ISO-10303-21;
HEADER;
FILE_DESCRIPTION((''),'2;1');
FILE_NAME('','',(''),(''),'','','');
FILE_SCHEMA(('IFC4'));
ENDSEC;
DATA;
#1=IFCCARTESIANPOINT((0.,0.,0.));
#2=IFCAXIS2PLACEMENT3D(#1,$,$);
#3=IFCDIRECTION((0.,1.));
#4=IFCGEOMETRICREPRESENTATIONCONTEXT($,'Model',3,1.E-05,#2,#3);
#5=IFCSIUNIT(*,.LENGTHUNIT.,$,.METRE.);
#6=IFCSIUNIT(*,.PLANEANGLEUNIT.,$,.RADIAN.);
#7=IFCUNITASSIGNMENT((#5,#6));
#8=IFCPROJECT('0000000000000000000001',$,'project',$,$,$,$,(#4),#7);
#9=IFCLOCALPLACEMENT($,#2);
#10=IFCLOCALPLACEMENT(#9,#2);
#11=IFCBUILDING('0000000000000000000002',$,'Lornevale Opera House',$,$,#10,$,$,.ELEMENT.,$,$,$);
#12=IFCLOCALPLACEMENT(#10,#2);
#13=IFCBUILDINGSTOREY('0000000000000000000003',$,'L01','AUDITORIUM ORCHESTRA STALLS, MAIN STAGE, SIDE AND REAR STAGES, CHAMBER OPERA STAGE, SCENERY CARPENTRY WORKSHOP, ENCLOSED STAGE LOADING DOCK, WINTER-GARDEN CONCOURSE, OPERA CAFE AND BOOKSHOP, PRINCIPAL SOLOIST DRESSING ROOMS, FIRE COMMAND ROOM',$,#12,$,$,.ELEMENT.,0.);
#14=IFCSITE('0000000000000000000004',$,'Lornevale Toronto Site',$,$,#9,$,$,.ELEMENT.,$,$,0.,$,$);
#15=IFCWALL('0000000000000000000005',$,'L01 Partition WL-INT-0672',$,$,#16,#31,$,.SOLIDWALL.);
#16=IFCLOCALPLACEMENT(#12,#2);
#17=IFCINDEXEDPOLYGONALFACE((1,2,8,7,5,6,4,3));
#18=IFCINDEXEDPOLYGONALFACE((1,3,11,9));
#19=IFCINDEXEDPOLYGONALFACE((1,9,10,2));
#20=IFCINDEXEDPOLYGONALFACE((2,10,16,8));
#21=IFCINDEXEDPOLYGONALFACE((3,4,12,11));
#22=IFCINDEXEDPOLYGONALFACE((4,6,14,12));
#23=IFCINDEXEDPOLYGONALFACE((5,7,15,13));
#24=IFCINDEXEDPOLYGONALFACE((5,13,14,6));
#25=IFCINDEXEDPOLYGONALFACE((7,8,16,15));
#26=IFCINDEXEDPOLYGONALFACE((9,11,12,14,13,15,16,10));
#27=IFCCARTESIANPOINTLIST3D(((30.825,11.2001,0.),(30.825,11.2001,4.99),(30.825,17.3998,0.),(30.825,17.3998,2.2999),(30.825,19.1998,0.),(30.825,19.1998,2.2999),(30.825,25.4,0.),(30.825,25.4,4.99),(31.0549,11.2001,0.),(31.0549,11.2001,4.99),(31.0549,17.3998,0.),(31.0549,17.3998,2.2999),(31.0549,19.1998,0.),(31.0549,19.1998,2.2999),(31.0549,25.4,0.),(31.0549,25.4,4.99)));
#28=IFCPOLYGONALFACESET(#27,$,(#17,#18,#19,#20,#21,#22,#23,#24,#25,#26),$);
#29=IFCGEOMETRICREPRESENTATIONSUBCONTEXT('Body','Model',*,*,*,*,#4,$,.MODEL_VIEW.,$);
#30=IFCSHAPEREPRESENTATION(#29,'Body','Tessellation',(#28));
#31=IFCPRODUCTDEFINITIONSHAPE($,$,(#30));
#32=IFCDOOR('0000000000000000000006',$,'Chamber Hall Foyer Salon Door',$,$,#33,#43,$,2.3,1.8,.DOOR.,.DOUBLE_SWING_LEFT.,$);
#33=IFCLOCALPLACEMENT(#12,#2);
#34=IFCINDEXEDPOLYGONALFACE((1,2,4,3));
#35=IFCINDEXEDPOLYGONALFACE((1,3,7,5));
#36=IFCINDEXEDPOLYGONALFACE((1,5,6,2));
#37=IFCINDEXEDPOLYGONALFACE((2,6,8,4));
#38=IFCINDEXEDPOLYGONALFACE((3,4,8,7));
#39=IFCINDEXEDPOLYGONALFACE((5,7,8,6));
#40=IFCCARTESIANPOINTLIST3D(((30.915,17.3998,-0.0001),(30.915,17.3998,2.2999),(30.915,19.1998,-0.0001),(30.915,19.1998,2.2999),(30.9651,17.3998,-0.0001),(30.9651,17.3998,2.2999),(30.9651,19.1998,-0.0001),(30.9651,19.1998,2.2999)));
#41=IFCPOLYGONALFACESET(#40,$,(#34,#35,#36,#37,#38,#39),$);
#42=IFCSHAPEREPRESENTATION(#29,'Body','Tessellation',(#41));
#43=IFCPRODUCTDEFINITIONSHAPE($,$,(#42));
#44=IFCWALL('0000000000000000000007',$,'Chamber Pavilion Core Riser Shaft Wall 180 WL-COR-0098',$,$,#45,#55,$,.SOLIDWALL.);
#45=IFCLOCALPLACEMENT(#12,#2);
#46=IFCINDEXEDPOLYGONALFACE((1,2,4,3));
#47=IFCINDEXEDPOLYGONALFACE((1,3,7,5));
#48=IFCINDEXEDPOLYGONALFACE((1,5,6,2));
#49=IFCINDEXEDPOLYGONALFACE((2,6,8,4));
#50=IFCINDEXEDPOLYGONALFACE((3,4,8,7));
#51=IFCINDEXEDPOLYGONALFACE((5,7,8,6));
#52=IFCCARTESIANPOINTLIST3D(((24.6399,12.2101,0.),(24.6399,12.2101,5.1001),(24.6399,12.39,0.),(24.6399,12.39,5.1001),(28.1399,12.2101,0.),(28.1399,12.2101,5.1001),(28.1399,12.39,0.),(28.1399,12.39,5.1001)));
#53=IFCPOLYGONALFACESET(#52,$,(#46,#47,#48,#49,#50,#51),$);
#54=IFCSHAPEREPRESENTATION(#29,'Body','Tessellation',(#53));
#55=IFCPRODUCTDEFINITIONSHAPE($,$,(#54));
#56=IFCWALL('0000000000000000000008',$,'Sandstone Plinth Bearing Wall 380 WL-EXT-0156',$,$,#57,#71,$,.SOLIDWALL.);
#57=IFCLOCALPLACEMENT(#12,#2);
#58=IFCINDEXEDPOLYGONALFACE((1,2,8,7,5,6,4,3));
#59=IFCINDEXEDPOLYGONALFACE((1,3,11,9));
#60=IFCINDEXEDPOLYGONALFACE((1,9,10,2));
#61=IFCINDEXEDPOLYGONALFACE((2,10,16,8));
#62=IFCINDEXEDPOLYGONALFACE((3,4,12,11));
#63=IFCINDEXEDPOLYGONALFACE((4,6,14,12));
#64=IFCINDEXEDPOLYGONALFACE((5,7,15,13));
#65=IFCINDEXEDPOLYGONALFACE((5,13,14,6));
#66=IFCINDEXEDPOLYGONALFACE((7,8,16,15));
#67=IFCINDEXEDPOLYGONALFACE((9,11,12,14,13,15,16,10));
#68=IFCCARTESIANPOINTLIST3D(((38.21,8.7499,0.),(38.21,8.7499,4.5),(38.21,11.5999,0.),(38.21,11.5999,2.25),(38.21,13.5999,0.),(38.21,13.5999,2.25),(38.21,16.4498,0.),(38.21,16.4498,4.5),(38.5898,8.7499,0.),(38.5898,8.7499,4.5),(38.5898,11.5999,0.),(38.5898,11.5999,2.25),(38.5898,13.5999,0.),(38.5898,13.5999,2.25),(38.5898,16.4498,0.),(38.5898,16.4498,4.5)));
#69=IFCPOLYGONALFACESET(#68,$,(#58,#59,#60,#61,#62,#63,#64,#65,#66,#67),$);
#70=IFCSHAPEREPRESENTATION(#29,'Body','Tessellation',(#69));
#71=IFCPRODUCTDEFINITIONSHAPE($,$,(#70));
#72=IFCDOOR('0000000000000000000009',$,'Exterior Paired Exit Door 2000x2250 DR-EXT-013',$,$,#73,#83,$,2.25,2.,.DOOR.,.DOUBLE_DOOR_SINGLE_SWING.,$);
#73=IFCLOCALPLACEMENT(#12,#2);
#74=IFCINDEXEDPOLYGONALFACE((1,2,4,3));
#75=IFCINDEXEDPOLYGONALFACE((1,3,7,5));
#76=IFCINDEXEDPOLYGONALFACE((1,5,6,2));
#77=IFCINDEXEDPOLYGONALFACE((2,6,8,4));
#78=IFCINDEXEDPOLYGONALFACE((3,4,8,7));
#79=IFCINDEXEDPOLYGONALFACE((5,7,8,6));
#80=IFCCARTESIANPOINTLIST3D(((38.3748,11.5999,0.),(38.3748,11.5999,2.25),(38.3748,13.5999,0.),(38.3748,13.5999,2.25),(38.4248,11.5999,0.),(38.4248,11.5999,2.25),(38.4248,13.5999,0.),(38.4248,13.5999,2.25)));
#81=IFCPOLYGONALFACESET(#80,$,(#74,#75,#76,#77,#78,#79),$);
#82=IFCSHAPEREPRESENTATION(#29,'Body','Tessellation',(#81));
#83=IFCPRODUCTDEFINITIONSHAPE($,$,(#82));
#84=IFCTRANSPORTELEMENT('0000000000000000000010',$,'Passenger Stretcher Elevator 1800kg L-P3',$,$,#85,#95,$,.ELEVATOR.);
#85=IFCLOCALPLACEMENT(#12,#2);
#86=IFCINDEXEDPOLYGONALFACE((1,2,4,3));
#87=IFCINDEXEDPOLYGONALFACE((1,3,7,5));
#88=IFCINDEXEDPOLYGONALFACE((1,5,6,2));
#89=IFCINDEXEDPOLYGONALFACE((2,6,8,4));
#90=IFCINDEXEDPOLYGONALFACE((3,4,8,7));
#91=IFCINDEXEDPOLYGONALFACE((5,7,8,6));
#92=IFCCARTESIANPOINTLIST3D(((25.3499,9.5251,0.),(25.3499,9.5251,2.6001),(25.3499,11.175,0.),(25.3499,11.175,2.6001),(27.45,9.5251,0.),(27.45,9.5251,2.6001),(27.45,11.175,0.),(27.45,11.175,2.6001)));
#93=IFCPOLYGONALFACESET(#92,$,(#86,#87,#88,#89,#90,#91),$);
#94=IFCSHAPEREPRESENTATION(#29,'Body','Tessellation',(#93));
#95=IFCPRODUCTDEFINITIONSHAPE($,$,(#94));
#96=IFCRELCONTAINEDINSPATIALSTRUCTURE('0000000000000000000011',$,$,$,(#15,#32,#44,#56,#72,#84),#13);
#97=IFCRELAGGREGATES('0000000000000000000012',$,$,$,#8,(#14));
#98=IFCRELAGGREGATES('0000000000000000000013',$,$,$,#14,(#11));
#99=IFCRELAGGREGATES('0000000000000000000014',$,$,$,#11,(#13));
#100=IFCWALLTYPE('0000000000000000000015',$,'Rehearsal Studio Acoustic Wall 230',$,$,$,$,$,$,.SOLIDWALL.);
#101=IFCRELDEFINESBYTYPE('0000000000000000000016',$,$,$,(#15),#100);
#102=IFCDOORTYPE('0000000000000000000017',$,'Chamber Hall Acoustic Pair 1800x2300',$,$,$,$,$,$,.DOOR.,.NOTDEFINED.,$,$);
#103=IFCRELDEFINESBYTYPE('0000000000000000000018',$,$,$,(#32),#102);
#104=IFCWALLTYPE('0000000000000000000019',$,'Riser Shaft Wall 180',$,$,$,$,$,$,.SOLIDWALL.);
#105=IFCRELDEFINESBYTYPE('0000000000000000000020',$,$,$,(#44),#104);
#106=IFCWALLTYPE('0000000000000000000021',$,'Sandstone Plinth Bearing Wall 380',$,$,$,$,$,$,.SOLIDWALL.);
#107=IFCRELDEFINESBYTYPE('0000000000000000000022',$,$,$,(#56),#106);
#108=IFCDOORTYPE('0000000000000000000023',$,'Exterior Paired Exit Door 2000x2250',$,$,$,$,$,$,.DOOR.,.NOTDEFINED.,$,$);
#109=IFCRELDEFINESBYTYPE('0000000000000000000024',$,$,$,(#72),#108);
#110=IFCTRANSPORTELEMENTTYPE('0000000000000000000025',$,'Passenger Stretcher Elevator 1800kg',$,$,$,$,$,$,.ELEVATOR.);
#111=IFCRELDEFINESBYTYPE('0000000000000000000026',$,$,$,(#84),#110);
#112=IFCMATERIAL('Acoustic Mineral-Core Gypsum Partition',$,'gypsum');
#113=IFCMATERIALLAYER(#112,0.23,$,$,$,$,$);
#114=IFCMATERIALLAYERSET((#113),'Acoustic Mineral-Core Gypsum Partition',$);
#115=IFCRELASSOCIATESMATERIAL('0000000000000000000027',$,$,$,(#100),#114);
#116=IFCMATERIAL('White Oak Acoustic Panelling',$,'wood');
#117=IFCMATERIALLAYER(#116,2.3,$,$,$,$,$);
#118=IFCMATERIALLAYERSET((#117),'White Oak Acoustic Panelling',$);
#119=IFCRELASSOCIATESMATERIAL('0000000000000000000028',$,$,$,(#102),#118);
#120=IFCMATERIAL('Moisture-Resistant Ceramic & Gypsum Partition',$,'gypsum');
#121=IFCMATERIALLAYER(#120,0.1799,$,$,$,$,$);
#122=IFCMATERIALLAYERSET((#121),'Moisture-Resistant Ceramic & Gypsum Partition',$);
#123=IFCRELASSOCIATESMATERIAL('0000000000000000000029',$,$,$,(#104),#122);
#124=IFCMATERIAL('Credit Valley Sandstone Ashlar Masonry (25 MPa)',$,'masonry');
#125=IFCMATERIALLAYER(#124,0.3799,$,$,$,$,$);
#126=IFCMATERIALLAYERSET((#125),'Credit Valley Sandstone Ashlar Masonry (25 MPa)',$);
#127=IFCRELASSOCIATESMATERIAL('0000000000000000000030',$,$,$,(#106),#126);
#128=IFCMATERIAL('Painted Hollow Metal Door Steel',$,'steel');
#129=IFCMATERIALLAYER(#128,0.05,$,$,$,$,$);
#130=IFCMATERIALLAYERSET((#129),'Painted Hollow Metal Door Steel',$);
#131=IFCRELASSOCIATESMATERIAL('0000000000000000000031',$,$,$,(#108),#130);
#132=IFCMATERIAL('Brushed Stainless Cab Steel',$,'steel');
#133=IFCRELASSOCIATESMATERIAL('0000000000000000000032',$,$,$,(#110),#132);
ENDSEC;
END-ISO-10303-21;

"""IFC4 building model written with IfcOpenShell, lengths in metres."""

from ifc_helpers import new_model, si_unit, direction, frame, frame_2d, origin, origin_2d, place, context, subcontext, project, spatial, rectangle, extrude, material, layer, layer_set, type_object, element, fill, save


model = new_model("IFC4")

# Units and contexts
model_context = context("Model", 3, precision=1e-05, world=origin(), true_north=direction((0.0, 1.0)))
body_context = subcontext(model_context, "Body", "Model", "MODEL_VIEW")
ifc_project = project(units=[si_unit("LENGTHUNIT", "METRE"), si_unit("PLANEANGLEUNIT", "RADIAN")], contexts=[model_context])

# Site, building, storey
site_placement = place(None, origin())
site = spatial("IfcSite", under=ifc_project, at=site_placement, Name="Lornevale Toronto Site", CompositionType="ELEMENT", RefElevation=0.0)
building_placement = place(site_placement, origin())
building = spatial("IfcBuilding", under=site, at=building_placement, Name="Lornevale Opera House", CompositionType="ELEMENT")
storey_placement = place(building_placement, origin())
storey = spatial("IfcBuildingStorey", under=building, at=storey_placement, Name="L01", Description="AUDITORIUM ORCHESTRA STALLS, MAIN STAGE, SIDE AND REAR STAGES, CHAMBER OPERA STAGE, SCENERY CARPENTRY WORKSHOP, ENCLOSED STAGE LOADING DOCK, WINTER-GARDEN CONCOURSE, OPERA CAFE AND BOOKSHOP, PRINCIPAL SOLOIST DRESSING ROOMS, FIRE COMMAND ROOM", CompositionType="ELEMENT", Elevation=0.0)

# Shared definitions
ifc_material_1 = material(Name="Acoustic Mineral-Core Gypsum Partition", Category="gypsum")

# Wall, opening, door
ifc_layer_1 = layer(ifc_material_1, 0.23)
ifc_layer_set_1 = layer_set([ifc_layer_1], Name="Acoustic Mineral-Core Gypsum Partition")
wall_type_1 = type_object("IfcWallType", Name="Rehearsal Studio Acoustic Wall 230", PredefinedType="SOLIDWALL", material=ifc_layer_set_1)
wall_1_placement = place(storey_placement, frame((30.9399, 11.2, 0.0), z_axis=(0.0, 0.0, 1.0), x_axis=(0.0, 1.0, 0.0)))
wall_1 = element("IfcWall", 1, at=wall_1_placement, inside=storey, type_object=wall_type_1, Name="L01 Partition WL-INT-0672", PredefinedType="SOLIDWALL", context=body_context, shape_type="SweptSolid", body=[
    extrude(rectangle(XDim=14.2, YDim=0.23, at=frame_2d((7.1001, 0.0))), origin(), (0.0, 0.0, 1.0), 4.99),
])
opening_1_placement = place(wall_1_placement, frame((6.2, 0.0, 0.0)))
opening_1 = element("IfcOpeningElement", 2, at=opening_1_placement, cuts=wall_1, PredefinedType="OPENING", context=body_context, shape_type="SweptSolid", body=[
    extrude(rectangle(XDim=1.8, YDim=2.3, at=frame_2d((0.8999, 1.1499))), frame((0.0, 0.125, 0.0), z_axis=(0.0, -1.0, 0.0), x_axis=(1.0, 0.0, 0.0)), (0.0, 0.0, 1.0), 0.25),
])
ifc_material_2 = material(Name="White Oak Acoustic Panelling", Category="wood")
ifc_layer_2 = layer(ifc_material_2, 2.3)
ifc_layer_set_2 = layer_set([ifc_layer_2], Name="White Oak Acoustic Panelling")
door_type_1 = type_object("IfcDoorType", Name="Chamber Hall Acoustic Pair 1800x2300", OperationType="NOTDEFINED", PredefinedType="DOOR", material=ifc_layer_set_2)
door_1_placement = place(opening_1_placement, origin())
door_1 = element("IfcDoor", 3, at=door_1_placement, inside=storey, type_object=door_type_1, Name="Chamber Hall Foyer Salon Door", OperationType="DOUBLE_SWING_LEFT", OverallHeight=2.3, OverallWidth=1.8, PredefinedType="DOOR", context=body_context, shape_type="SweptSolid", body=[
    extrude(rectangle(XDim=1.8, YDim=2.3, at=frame_2d((0.8999, 1.1499))), frame((0.0, 0.0249, 0.0), z_axis=(0.0, -1.0, 0.0), x_axis=(1.0, 0.0, 0.0)), (0.0, 0.0, 1.0), 0.05),
])
fill(opening_1, door_1)

# Wall
ifc_material_3 = material(Name="Moisture-Resistant Ceramic & Gypsum Partition", Category="gypsum")
ifc_layer_3 = layer(ifc_material_3, 0.1799)
ifc_layer_set_3 = layer_set([ifc_layer_3], Name="Moisture-Resistant Ceramic & Gypsum Partition")
wall_type_2 = type_object("IfcWallType", Name="Riser Shaft Wall 180", PredefinedType="SOLIDWALL", material=ifc_layer_set_3)
wall_2_placement = place(storey_placement, frame((24.6399, 12.3, 0.0), z_axis=(0.0, 0.0, 1.0), x_axis=(1.0, 0.0, 0.0)))
element("IfcWall", 4, at=wall_2_placement, inside=storey, type_object=wall_type_2, Name="Chamber Pavilion Core Riser Shaft Wall 180 WL-COR-0098", PredefinedType="SOLIDWALL", context=body_context, shape_type="SweptSolid", body=[
    extrude(rectangle(XDim=3.5, YDim=0.1799, at=frame_2d((1.75, 0.0))), origin(), (0.0, 0.0, 1.0), 5.1001),
])

# Wall, opening, door
ifc_material_4 = material(Name="Credit Valley Sandstone Ashlar Masonry (25 MPa)", Category="masonry")
ifc_layer_4 = layer(ifc_material_4, 0.3799)
ifc_layer_set_4 = layer_set([ifc_layer_4], Name="Credit Valley Sandstone Ashlar Masonry (25 MPa)")
wall_type_3 = type_object("IfcWallType", Name="Sandstone Plinth Bearing Wall 380", PredefinedType="SOLIDWALL", material=ifc_layer_set_4)
wall_3_placement = place(storey_placement, frame((38.3999, 16.45, 0.0), z_axis=(0.0, 0.0, 1.0), x_axis=(0.0, -1.0, 0.0)))
wall_3 = element("IfcWall", 5, at=wall_3_placement, inside=storey, type_object=wall_type_3, Name="Sandstone Plinth Bearing Wall 380 WL-EXT-0156", PredefinedType="SOLIDWALL", context=body_context, shape_type="SweptSolid", body=[
    extrude(rectangle(XDim=7.7, YDim=0.3799, at=frame_2d((3.8501, 0.0))), origin(), (0.0, 0.0, 1.0), 4.5),
])
opening_2_placement = place(wall_3_placement, frame((2.8501, 0.0, 0.0)))
opening_2 = element("IfcOpeningElement", 6, at=opening_2_placement, cuts=wall_3, PredefinedType="OPENING", context=body_context, shape_type="SweptSolid", body=[
    extrude(rectangle(XDim=2.0, YDim=2.25, at=frame_2d((1.0, 1.125))), frame((0.0, 0.2, 0.0), z_axis=(0.0, -1.0, 0.0), x_axis=(1.0, 0.0, 0.0)), (0.0, 0.0, 1.0), 0.3999),
])
ifc_material_5 = material(Name="Painted Hollow Metal Door Steel", Category="steel")
ifc_layer_5 = layer(ifc_material_5, 0.05)
ifc_layer_set_5 = layer_set([ifc_layer_5], Name="Painted Hollow Metal Door Steel")
door_type_2 = type_object("IfcDoorType", Name="Exterior Paired Exit Door 2000x2250", OperationType="NOTDEFINED", PredefinedType="DOOR", material=ifc_layer_set_5)
door_2_placement = place(opening_2_placement, origin())
door_2 = element("IfcDoor", 7, at=door_2_placement, inside=storey, type_object=door_type_2, Name="Exterior Paired Exit Door 2000x2250 DR-EXT-013", OperationType="DOUBLE_DOOR_SINGLE_SWING", OverallHeight=2.25, OverallWidth=2.0, PredefinedType="DOOR", context=body_context, shape_type="SweptSolid", body=[
    extrude(rectangle(XDim=2.0, YDim=2.25, at=frame_2d((1.0, 1.125))), frame((0.0, 0.0249, 0.0), z_axis=(0.0, -1.0, 0.0), x_axis=(1.0, 0.0, 0.0)), (0.0, 0.0, 1.0), 0.05),
])
fill(opening_2, door_2)

# Transport element
ifc_material_6 = material(Name="Brushed Stainless Cab Steel", Category="steel")
transport_element_type = type_object("IfcTransportElementType", Name="Passenger Stretcher Elevator 1800kg", PredefinedType="ELEVATOR", material=ifc_material_6)
transport_element_placement = place(storey_placement, frame((26.3999, 10.3501, 0.0), z_axis=(0.0, 0.0, 1.0), x_axis=(1.0, 0.0, 0.0)))
element("IfcTransportElement", 8, at=transport_element_placement, inside=storey, type_object=transport_element_type, Name="Passenger Stretcher Elevator 1800kg L-P3", PredefinedType="ELEVATOR", context=body_context, shape_type="SweptSolid", body=[
    extrude(rectangle(XDim=2.1001, YDim=1.6499, at=origin_2d()), origin(), (0.0, 0.0, 1.0), 2.6001),
])

save(model, "model.ifc")
